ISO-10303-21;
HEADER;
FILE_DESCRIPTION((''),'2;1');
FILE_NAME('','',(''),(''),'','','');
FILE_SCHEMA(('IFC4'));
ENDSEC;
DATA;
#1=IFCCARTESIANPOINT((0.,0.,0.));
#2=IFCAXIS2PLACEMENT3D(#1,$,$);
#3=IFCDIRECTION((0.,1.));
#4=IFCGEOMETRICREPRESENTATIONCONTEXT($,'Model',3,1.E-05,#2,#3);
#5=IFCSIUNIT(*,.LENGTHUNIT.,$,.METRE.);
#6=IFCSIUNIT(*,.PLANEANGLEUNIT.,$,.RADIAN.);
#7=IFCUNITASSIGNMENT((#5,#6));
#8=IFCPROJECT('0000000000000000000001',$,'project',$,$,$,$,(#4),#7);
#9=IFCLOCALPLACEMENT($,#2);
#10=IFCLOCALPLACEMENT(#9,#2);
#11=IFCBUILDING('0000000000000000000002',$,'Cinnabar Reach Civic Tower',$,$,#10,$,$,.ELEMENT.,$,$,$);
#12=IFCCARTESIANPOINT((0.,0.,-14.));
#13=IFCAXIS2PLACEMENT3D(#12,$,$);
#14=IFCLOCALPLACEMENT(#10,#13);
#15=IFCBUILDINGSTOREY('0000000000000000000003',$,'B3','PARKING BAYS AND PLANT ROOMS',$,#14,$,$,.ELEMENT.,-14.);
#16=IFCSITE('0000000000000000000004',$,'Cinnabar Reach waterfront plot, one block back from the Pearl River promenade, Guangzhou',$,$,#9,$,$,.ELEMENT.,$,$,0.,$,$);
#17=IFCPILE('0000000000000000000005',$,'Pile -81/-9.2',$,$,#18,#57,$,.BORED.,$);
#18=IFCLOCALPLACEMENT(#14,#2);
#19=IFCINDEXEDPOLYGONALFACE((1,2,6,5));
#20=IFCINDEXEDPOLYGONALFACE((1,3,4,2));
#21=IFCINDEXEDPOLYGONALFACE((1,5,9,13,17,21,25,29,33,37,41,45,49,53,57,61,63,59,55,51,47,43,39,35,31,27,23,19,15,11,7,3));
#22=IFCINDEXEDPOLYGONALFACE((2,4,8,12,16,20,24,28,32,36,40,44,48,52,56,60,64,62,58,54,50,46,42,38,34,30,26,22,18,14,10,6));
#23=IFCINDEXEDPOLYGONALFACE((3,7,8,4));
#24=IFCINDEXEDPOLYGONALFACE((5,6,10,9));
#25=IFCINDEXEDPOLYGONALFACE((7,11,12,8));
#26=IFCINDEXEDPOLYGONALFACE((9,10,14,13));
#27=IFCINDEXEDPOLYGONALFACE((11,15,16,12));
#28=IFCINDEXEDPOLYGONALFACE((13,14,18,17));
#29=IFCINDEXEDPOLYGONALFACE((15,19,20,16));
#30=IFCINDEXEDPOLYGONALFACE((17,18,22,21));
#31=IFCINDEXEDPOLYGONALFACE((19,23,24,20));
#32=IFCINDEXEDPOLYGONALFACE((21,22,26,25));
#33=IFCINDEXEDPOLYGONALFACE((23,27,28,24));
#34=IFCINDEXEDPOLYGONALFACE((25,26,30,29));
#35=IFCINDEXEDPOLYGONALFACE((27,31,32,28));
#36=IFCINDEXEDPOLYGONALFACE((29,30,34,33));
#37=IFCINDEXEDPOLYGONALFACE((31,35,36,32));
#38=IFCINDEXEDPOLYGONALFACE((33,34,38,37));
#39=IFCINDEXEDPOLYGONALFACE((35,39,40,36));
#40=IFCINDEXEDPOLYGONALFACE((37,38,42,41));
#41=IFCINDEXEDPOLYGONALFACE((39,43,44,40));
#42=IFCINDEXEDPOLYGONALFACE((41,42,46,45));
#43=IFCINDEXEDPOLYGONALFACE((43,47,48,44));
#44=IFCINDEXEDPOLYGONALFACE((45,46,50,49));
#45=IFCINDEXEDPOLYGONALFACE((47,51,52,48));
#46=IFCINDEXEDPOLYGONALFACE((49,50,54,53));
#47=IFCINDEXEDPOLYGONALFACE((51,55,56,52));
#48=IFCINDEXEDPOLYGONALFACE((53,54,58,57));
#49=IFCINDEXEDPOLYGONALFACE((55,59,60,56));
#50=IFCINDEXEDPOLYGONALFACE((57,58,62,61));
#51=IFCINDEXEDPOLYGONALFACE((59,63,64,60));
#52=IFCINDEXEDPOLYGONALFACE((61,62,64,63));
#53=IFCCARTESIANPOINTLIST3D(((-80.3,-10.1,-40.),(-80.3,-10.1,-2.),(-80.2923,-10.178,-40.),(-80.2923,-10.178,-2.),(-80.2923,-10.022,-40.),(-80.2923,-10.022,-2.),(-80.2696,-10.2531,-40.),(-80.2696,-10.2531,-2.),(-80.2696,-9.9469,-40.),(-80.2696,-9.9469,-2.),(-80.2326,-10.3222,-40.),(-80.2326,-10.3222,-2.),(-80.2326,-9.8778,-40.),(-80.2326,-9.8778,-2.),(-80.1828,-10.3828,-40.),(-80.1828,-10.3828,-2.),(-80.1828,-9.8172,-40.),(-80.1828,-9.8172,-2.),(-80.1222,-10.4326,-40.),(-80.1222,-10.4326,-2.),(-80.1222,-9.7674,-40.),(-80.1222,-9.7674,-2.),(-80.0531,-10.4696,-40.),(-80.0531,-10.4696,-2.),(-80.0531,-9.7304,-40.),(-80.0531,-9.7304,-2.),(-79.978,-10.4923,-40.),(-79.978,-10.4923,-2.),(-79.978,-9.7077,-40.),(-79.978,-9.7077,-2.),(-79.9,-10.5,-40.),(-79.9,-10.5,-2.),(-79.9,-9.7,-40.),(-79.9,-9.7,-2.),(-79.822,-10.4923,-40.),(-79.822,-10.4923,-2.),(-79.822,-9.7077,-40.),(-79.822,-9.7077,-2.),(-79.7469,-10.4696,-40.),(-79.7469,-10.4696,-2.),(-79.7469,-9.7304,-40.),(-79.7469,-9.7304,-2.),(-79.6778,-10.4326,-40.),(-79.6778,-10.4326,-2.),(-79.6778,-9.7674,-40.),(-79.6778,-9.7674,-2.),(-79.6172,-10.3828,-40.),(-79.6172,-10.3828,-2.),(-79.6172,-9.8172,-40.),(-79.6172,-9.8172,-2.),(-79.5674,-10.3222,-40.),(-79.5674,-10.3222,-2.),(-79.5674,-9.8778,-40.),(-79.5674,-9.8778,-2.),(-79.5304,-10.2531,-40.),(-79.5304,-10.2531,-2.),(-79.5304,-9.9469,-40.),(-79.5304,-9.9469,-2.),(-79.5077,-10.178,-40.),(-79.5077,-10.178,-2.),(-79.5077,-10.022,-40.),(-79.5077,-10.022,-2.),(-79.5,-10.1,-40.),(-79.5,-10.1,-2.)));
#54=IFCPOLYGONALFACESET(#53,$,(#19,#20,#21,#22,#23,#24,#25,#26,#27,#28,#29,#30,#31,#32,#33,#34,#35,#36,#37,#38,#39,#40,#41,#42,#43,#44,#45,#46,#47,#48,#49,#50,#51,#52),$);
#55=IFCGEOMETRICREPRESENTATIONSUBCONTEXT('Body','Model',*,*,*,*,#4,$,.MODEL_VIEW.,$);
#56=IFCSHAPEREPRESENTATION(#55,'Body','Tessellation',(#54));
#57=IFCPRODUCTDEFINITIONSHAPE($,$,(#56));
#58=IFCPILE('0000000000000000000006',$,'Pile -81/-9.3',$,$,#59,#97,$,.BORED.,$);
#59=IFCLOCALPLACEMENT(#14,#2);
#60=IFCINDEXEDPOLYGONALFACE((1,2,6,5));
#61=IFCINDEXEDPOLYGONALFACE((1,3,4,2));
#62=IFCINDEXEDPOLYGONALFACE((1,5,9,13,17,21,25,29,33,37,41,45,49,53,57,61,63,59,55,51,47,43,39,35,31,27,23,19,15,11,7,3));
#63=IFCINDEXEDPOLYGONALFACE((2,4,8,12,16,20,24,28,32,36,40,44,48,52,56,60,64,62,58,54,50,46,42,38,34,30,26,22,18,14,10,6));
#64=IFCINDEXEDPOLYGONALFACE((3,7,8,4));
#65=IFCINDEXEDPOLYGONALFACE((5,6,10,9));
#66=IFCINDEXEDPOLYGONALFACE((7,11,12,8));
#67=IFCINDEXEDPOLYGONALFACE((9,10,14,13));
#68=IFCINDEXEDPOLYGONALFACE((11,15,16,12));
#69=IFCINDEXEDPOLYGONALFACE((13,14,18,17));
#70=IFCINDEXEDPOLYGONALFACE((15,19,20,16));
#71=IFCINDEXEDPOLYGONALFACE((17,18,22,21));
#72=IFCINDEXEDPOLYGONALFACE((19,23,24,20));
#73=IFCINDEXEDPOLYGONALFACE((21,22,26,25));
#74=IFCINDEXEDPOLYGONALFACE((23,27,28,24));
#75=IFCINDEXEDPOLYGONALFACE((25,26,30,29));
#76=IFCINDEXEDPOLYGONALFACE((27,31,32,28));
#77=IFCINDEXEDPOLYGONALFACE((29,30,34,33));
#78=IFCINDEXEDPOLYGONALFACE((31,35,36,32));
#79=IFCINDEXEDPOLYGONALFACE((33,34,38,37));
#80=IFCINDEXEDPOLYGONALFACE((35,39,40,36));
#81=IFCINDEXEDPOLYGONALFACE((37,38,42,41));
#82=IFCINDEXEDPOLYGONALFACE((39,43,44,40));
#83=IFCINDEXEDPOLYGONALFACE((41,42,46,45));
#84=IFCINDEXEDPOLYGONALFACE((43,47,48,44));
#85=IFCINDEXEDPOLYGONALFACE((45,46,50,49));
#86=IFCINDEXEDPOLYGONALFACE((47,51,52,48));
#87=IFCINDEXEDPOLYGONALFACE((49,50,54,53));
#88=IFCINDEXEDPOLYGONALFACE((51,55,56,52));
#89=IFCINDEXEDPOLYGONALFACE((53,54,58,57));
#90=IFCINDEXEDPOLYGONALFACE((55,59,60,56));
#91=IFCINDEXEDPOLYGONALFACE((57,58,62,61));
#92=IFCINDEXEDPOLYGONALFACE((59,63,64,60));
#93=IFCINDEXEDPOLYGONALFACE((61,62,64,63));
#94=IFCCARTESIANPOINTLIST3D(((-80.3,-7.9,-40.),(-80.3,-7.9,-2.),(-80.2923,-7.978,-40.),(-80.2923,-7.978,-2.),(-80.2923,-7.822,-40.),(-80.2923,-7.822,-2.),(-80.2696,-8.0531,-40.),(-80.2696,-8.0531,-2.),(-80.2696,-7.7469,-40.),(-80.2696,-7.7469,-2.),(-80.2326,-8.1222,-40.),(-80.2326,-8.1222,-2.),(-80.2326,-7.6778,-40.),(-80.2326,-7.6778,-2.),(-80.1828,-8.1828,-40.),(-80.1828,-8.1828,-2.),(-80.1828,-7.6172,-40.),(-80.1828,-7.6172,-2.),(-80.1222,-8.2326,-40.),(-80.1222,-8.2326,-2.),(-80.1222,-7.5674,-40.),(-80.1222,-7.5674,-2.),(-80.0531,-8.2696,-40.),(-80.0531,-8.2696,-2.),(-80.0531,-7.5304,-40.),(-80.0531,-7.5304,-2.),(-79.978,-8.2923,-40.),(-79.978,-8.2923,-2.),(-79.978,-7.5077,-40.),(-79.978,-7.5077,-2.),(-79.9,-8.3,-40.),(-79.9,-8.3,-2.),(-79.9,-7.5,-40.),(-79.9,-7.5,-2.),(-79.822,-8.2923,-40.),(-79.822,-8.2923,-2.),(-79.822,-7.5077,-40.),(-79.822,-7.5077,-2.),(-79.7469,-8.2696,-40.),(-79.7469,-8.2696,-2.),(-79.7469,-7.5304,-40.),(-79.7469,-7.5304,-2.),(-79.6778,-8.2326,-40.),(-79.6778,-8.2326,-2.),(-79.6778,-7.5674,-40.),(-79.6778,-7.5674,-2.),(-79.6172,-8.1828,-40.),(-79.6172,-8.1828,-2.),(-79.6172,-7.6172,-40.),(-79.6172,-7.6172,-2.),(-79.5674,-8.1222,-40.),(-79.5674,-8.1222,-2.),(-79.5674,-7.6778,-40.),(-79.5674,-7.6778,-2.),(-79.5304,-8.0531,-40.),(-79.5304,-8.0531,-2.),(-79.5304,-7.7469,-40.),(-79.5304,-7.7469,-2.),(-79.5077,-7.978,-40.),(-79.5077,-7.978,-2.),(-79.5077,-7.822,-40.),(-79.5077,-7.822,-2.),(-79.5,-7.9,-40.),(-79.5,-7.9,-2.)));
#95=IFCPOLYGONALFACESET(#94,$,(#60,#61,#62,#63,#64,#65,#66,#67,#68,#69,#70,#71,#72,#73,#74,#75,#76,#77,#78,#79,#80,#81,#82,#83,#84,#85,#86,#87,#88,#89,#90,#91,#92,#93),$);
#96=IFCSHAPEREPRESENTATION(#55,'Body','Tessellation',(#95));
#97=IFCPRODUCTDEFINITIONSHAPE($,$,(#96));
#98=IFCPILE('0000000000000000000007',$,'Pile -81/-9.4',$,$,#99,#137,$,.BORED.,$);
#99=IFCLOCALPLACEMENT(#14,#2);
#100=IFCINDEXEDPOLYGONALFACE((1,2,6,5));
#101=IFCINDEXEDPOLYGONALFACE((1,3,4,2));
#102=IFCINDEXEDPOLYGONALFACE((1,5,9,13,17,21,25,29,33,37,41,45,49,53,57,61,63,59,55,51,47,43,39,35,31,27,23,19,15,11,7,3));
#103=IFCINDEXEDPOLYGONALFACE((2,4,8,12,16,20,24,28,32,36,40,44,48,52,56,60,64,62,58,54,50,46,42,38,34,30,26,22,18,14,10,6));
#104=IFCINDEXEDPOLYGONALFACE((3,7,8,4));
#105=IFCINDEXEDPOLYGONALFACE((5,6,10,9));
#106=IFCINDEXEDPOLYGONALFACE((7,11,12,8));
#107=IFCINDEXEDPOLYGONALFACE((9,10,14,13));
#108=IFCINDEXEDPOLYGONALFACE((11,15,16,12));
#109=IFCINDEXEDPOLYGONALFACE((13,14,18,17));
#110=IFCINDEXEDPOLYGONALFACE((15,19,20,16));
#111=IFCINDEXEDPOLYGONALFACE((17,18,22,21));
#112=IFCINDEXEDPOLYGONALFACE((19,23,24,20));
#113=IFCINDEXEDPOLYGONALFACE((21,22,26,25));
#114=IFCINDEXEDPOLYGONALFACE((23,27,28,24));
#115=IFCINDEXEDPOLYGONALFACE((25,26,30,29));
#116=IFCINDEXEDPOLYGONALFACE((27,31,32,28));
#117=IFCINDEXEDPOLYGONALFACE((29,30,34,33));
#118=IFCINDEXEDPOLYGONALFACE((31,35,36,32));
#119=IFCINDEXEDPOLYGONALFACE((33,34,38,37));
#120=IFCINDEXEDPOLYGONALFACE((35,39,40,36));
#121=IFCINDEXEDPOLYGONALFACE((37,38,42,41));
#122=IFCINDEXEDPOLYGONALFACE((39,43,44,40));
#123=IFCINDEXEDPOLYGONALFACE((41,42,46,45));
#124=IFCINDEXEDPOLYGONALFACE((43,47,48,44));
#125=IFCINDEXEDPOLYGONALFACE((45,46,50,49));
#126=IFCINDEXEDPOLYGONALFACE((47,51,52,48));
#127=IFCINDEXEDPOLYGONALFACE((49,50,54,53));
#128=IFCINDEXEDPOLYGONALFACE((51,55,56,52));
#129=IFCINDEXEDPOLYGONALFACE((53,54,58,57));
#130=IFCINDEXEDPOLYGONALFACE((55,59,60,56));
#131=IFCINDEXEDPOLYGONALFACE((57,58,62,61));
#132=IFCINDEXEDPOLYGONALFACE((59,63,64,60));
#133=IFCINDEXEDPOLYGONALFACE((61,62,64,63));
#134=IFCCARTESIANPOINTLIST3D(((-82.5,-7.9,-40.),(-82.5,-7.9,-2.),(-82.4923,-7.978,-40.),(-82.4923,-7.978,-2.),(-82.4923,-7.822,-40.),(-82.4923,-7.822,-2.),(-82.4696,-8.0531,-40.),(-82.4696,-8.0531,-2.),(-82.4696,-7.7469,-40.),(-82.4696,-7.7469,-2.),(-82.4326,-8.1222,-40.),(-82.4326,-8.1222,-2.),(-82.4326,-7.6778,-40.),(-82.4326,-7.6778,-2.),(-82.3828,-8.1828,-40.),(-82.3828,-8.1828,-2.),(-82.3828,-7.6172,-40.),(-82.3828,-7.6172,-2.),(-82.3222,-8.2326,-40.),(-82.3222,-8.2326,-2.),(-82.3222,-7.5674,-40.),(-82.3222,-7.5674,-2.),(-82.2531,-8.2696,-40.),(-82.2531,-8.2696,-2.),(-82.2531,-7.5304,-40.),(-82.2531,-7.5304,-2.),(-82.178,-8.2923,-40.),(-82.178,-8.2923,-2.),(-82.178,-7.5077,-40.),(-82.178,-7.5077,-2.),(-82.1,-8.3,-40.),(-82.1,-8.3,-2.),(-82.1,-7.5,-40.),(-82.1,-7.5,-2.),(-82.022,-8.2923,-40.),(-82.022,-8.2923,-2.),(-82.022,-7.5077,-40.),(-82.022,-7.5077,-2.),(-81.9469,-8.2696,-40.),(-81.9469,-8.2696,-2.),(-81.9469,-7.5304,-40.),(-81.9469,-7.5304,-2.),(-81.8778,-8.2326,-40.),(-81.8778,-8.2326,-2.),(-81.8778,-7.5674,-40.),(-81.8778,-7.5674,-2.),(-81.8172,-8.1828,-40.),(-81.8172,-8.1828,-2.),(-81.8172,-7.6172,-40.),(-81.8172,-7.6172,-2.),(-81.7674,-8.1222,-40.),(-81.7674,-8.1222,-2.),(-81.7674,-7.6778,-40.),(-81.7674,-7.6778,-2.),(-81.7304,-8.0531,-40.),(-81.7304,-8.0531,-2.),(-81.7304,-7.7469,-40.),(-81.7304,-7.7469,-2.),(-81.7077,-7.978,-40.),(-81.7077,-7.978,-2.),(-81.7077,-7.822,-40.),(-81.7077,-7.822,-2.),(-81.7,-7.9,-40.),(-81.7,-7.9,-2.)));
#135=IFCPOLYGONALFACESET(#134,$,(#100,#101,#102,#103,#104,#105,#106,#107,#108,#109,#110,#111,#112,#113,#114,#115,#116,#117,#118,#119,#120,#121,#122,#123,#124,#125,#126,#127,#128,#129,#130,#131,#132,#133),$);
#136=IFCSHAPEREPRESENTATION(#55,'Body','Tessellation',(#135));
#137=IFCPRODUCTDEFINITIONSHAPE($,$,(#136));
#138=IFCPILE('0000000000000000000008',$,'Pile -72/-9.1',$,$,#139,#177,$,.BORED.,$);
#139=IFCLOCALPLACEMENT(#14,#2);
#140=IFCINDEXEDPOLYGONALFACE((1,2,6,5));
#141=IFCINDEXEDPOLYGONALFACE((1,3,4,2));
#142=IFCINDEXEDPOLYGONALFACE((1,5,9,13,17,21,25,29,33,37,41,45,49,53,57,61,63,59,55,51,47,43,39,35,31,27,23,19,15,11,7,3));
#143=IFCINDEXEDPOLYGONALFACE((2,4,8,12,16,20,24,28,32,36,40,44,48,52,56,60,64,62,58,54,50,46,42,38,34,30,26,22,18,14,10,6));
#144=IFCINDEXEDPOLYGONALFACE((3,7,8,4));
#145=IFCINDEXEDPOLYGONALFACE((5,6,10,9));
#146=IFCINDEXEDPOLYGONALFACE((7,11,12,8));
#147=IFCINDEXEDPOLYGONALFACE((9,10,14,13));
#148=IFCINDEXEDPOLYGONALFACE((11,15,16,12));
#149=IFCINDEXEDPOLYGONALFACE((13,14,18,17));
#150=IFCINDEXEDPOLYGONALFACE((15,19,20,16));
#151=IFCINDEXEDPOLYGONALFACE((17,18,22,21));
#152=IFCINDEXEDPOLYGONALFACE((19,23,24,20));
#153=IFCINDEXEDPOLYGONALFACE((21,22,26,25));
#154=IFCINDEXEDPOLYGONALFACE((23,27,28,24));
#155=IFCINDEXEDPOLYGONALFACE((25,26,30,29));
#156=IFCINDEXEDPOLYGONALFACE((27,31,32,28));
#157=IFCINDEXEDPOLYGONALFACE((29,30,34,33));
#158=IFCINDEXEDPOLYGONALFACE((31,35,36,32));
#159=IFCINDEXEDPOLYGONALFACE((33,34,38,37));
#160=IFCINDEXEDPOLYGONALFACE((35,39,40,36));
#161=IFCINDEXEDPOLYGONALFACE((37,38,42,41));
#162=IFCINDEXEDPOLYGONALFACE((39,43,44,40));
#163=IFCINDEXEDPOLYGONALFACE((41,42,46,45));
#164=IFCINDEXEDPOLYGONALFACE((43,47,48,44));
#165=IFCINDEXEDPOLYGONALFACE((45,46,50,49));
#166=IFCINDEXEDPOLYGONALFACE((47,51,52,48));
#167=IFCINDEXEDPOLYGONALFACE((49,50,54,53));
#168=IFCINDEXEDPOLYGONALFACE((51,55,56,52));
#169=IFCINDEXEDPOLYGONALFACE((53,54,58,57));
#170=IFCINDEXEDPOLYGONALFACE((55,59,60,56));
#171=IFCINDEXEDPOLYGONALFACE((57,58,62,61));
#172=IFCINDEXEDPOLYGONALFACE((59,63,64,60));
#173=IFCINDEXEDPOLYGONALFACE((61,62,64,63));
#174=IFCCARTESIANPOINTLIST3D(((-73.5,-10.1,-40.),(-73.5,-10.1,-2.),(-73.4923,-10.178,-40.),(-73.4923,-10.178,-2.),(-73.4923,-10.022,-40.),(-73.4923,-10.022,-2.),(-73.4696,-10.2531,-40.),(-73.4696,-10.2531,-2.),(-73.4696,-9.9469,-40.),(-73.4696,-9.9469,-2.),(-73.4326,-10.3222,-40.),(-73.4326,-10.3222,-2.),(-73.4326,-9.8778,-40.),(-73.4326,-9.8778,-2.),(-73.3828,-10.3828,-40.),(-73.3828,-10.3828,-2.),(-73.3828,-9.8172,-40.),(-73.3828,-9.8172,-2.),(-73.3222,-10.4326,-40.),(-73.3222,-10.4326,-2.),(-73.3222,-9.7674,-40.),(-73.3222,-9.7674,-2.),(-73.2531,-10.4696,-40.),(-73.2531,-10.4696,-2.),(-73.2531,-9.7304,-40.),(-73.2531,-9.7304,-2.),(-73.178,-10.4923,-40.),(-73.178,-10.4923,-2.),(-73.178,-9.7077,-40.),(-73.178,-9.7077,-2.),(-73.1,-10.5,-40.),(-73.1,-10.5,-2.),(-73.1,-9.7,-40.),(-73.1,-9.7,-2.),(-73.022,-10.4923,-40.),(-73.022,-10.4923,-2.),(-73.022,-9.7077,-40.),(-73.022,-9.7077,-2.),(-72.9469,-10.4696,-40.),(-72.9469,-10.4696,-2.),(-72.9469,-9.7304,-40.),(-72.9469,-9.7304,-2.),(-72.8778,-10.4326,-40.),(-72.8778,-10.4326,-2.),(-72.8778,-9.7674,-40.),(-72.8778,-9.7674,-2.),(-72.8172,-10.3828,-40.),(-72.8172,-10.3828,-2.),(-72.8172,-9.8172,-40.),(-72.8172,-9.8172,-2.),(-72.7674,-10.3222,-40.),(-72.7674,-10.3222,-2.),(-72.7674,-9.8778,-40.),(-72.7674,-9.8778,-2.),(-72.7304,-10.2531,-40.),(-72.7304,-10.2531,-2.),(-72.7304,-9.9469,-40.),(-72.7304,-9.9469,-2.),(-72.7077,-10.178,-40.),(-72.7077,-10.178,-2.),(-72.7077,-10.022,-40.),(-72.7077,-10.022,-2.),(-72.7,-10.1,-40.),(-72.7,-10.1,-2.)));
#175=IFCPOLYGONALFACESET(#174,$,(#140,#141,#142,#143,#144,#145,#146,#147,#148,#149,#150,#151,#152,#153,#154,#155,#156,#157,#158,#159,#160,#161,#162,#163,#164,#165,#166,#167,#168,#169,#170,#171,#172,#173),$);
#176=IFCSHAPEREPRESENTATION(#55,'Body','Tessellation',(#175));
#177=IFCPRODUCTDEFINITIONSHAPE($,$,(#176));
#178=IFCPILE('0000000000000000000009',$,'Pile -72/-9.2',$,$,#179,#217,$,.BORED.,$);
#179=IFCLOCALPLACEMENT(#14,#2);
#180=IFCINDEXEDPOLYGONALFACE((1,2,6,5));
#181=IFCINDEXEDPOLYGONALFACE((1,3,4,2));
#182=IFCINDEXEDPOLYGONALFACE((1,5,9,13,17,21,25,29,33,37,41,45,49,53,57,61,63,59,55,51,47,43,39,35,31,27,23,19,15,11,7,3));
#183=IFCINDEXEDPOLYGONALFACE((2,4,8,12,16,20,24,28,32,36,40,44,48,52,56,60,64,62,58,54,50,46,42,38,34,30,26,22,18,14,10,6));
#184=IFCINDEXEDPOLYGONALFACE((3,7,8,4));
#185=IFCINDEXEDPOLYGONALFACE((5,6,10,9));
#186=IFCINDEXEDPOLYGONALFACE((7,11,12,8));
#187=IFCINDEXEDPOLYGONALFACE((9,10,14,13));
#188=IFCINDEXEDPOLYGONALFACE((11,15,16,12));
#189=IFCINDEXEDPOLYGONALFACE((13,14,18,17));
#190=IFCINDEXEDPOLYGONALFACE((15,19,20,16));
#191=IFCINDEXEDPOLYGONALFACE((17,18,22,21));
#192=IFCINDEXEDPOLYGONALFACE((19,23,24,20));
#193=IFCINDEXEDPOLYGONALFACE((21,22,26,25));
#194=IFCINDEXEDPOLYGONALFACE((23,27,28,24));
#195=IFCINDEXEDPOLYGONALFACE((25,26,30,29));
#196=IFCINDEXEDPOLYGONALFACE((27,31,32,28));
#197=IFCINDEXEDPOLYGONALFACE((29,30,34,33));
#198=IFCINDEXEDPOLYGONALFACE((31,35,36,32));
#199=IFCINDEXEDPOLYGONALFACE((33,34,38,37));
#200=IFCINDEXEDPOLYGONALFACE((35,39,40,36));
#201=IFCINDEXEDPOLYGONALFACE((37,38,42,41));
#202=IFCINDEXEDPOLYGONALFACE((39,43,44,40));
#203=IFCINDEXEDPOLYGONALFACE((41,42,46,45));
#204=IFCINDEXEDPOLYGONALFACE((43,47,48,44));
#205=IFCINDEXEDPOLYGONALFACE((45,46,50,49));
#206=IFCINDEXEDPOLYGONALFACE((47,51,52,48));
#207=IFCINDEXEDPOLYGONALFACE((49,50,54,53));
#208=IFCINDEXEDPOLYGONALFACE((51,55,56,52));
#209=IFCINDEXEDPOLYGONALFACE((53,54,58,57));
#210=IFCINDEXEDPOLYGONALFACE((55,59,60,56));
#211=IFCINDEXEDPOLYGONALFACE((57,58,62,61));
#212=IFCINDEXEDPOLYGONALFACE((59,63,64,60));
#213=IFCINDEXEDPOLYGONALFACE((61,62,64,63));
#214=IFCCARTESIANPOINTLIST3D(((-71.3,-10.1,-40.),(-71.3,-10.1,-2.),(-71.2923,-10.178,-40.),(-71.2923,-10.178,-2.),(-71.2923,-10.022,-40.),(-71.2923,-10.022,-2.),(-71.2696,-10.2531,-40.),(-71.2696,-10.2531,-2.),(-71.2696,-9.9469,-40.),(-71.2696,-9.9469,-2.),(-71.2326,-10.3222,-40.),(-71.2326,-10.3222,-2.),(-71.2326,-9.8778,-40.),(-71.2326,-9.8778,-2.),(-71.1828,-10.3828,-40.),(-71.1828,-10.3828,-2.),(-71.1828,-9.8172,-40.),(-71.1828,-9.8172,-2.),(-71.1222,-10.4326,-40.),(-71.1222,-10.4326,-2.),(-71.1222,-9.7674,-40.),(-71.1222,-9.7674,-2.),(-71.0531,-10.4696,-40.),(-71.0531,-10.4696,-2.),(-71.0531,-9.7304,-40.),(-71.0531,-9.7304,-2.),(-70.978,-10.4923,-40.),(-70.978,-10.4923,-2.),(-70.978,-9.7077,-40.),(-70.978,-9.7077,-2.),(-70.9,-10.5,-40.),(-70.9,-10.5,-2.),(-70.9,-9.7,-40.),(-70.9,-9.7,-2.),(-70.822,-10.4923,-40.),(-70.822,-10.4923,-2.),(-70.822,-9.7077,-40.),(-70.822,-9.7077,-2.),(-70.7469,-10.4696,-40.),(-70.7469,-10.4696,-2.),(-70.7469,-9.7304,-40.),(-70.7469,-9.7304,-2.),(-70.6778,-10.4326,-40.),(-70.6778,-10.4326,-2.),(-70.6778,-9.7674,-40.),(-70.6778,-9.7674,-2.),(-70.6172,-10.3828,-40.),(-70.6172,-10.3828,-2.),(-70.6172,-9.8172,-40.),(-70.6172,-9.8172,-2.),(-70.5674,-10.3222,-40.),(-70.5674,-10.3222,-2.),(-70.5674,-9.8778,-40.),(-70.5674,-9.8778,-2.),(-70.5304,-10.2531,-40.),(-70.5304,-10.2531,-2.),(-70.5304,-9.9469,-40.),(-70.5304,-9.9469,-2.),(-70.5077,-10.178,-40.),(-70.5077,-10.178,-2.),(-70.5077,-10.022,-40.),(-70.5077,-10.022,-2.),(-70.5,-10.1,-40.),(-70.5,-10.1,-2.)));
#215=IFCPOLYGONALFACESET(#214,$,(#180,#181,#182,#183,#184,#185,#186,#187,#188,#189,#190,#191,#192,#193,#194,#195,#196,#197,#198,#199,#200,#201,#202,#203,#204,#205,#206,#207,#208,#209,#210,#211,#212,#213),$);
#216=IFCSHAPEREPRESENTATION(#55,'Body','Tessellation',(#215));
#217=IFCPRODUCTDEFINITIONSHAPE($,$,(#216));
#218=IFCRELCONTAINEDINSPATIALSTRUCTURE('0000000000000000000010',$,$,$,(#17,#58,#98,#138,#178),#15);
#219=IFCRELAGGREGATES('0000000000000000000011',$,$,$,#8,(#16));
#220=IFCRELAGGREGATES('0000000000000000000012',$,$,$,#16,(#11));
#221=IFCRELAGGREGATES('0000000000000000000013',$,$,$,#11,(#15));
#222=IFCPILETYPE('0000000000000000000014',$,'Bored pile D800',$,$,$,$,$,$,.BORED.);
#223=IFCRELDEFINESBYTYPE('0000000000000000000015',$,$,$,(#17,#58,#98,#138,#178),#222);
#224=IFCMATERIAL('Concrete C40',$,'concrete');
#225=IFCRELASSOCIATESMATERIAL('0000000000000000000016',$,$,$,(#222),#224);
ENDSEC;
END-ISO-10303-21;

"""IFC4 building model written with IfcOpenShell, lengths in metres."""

from ifc_helpers import new_model, si_unit, direction, frame, origin, origin_2d, place, context, subcontext, project, spatial, circle, extrude, material, type_object, element, save


model = new_model("IFC4")

# Units and contexts
model_context = context("Model", 3, precision=1e-05, world=origin(), true_north=direction((0.0, 1.0)))
body_context = subcontext(model_context, "Body", "Model", "MODEL_VIEW")
ifc_project = project(units=[si_unit("LENGTHUNIT", "METRE"), si_unit("PLANEANGLEUNIT", "RADIAN")], contexts=[model_context])

# Site, building, storey
site_placement = place(None, origin())
site = spatial("IfcSite", under=ifc_project, at=site_placement, Name="Cinnabar Reach waterfront plot, one block back from the Pearl River promenade, Guangzhou", CompositionType="ELEMENT", RefElevation=0.0)
building_placement = place(site_placement, origin())
building = spatial("IfcBuilding", under=site, at=building_placement, Name="Cinnabar Reach Civic Tower", CompositionType="ELEMENT")
storey_placement = place(building_placement, frame((0.0, 0.0, -14.0)))
storey = spatial("IfcBuildingStorey", under=building, at=storey_placement, Name="B3", Description="PARKING BAYS AND PLANT ROOMS", CompositionType="ELEMENT", Elevation=-14.0)

# Piles
ifc_material_1 = material(Name="Concrete C40", Category="concrete")
pile_type = type_object("IfcPileType", Name="Bored pile D800", PredefinedType="BORED", material=ifc_material_1)
for number, where, z_axis, x_axis, name in (
    (1, (-79.9, -10.1, -2.0), (0.0, 0.0, -1.0), (1.0, 0.0, 0.0), "Pile -81/-9.2"),
    (2, (-79.9, -7.9, -2.0), (0.0, 0.0, -1.0), (1.0, 0.0, 0.0), "Pile -81/-9.3"),
    (3, (-82.1, -7.9, -2.0), (0.0, 0.0, -1.0), (1.0, 0.0, 0.0), "Pile -81/-9.4"),
    (4, (-73.1, -10.1, -2.0), (0.0, 0.0, -1.0), (1.0, 0.0, 0.0), "Pile -72/-9.1"),
    (5, (-70.9, -10.1, -2.0), (0.0, 0.0, -1.0), (1.0, 0.0, 0.0), "Pile -72/-9.2"),
):
    element("IfcPile", number, at=place(storey_placement, frame(where, z_axis=z_axis, x_axis=x_axis)), inside=storey, type_object=pile_type, Name=name, PredefinedType="BORED", context=body_context, shape_type="SweptSolid", body=[
        extrude(circle(Radius=0.4, at=origin_2d()), origin(), (0.0, 0.0, 1.0), 38.0),
    ])

save(model, "model.ifc")
